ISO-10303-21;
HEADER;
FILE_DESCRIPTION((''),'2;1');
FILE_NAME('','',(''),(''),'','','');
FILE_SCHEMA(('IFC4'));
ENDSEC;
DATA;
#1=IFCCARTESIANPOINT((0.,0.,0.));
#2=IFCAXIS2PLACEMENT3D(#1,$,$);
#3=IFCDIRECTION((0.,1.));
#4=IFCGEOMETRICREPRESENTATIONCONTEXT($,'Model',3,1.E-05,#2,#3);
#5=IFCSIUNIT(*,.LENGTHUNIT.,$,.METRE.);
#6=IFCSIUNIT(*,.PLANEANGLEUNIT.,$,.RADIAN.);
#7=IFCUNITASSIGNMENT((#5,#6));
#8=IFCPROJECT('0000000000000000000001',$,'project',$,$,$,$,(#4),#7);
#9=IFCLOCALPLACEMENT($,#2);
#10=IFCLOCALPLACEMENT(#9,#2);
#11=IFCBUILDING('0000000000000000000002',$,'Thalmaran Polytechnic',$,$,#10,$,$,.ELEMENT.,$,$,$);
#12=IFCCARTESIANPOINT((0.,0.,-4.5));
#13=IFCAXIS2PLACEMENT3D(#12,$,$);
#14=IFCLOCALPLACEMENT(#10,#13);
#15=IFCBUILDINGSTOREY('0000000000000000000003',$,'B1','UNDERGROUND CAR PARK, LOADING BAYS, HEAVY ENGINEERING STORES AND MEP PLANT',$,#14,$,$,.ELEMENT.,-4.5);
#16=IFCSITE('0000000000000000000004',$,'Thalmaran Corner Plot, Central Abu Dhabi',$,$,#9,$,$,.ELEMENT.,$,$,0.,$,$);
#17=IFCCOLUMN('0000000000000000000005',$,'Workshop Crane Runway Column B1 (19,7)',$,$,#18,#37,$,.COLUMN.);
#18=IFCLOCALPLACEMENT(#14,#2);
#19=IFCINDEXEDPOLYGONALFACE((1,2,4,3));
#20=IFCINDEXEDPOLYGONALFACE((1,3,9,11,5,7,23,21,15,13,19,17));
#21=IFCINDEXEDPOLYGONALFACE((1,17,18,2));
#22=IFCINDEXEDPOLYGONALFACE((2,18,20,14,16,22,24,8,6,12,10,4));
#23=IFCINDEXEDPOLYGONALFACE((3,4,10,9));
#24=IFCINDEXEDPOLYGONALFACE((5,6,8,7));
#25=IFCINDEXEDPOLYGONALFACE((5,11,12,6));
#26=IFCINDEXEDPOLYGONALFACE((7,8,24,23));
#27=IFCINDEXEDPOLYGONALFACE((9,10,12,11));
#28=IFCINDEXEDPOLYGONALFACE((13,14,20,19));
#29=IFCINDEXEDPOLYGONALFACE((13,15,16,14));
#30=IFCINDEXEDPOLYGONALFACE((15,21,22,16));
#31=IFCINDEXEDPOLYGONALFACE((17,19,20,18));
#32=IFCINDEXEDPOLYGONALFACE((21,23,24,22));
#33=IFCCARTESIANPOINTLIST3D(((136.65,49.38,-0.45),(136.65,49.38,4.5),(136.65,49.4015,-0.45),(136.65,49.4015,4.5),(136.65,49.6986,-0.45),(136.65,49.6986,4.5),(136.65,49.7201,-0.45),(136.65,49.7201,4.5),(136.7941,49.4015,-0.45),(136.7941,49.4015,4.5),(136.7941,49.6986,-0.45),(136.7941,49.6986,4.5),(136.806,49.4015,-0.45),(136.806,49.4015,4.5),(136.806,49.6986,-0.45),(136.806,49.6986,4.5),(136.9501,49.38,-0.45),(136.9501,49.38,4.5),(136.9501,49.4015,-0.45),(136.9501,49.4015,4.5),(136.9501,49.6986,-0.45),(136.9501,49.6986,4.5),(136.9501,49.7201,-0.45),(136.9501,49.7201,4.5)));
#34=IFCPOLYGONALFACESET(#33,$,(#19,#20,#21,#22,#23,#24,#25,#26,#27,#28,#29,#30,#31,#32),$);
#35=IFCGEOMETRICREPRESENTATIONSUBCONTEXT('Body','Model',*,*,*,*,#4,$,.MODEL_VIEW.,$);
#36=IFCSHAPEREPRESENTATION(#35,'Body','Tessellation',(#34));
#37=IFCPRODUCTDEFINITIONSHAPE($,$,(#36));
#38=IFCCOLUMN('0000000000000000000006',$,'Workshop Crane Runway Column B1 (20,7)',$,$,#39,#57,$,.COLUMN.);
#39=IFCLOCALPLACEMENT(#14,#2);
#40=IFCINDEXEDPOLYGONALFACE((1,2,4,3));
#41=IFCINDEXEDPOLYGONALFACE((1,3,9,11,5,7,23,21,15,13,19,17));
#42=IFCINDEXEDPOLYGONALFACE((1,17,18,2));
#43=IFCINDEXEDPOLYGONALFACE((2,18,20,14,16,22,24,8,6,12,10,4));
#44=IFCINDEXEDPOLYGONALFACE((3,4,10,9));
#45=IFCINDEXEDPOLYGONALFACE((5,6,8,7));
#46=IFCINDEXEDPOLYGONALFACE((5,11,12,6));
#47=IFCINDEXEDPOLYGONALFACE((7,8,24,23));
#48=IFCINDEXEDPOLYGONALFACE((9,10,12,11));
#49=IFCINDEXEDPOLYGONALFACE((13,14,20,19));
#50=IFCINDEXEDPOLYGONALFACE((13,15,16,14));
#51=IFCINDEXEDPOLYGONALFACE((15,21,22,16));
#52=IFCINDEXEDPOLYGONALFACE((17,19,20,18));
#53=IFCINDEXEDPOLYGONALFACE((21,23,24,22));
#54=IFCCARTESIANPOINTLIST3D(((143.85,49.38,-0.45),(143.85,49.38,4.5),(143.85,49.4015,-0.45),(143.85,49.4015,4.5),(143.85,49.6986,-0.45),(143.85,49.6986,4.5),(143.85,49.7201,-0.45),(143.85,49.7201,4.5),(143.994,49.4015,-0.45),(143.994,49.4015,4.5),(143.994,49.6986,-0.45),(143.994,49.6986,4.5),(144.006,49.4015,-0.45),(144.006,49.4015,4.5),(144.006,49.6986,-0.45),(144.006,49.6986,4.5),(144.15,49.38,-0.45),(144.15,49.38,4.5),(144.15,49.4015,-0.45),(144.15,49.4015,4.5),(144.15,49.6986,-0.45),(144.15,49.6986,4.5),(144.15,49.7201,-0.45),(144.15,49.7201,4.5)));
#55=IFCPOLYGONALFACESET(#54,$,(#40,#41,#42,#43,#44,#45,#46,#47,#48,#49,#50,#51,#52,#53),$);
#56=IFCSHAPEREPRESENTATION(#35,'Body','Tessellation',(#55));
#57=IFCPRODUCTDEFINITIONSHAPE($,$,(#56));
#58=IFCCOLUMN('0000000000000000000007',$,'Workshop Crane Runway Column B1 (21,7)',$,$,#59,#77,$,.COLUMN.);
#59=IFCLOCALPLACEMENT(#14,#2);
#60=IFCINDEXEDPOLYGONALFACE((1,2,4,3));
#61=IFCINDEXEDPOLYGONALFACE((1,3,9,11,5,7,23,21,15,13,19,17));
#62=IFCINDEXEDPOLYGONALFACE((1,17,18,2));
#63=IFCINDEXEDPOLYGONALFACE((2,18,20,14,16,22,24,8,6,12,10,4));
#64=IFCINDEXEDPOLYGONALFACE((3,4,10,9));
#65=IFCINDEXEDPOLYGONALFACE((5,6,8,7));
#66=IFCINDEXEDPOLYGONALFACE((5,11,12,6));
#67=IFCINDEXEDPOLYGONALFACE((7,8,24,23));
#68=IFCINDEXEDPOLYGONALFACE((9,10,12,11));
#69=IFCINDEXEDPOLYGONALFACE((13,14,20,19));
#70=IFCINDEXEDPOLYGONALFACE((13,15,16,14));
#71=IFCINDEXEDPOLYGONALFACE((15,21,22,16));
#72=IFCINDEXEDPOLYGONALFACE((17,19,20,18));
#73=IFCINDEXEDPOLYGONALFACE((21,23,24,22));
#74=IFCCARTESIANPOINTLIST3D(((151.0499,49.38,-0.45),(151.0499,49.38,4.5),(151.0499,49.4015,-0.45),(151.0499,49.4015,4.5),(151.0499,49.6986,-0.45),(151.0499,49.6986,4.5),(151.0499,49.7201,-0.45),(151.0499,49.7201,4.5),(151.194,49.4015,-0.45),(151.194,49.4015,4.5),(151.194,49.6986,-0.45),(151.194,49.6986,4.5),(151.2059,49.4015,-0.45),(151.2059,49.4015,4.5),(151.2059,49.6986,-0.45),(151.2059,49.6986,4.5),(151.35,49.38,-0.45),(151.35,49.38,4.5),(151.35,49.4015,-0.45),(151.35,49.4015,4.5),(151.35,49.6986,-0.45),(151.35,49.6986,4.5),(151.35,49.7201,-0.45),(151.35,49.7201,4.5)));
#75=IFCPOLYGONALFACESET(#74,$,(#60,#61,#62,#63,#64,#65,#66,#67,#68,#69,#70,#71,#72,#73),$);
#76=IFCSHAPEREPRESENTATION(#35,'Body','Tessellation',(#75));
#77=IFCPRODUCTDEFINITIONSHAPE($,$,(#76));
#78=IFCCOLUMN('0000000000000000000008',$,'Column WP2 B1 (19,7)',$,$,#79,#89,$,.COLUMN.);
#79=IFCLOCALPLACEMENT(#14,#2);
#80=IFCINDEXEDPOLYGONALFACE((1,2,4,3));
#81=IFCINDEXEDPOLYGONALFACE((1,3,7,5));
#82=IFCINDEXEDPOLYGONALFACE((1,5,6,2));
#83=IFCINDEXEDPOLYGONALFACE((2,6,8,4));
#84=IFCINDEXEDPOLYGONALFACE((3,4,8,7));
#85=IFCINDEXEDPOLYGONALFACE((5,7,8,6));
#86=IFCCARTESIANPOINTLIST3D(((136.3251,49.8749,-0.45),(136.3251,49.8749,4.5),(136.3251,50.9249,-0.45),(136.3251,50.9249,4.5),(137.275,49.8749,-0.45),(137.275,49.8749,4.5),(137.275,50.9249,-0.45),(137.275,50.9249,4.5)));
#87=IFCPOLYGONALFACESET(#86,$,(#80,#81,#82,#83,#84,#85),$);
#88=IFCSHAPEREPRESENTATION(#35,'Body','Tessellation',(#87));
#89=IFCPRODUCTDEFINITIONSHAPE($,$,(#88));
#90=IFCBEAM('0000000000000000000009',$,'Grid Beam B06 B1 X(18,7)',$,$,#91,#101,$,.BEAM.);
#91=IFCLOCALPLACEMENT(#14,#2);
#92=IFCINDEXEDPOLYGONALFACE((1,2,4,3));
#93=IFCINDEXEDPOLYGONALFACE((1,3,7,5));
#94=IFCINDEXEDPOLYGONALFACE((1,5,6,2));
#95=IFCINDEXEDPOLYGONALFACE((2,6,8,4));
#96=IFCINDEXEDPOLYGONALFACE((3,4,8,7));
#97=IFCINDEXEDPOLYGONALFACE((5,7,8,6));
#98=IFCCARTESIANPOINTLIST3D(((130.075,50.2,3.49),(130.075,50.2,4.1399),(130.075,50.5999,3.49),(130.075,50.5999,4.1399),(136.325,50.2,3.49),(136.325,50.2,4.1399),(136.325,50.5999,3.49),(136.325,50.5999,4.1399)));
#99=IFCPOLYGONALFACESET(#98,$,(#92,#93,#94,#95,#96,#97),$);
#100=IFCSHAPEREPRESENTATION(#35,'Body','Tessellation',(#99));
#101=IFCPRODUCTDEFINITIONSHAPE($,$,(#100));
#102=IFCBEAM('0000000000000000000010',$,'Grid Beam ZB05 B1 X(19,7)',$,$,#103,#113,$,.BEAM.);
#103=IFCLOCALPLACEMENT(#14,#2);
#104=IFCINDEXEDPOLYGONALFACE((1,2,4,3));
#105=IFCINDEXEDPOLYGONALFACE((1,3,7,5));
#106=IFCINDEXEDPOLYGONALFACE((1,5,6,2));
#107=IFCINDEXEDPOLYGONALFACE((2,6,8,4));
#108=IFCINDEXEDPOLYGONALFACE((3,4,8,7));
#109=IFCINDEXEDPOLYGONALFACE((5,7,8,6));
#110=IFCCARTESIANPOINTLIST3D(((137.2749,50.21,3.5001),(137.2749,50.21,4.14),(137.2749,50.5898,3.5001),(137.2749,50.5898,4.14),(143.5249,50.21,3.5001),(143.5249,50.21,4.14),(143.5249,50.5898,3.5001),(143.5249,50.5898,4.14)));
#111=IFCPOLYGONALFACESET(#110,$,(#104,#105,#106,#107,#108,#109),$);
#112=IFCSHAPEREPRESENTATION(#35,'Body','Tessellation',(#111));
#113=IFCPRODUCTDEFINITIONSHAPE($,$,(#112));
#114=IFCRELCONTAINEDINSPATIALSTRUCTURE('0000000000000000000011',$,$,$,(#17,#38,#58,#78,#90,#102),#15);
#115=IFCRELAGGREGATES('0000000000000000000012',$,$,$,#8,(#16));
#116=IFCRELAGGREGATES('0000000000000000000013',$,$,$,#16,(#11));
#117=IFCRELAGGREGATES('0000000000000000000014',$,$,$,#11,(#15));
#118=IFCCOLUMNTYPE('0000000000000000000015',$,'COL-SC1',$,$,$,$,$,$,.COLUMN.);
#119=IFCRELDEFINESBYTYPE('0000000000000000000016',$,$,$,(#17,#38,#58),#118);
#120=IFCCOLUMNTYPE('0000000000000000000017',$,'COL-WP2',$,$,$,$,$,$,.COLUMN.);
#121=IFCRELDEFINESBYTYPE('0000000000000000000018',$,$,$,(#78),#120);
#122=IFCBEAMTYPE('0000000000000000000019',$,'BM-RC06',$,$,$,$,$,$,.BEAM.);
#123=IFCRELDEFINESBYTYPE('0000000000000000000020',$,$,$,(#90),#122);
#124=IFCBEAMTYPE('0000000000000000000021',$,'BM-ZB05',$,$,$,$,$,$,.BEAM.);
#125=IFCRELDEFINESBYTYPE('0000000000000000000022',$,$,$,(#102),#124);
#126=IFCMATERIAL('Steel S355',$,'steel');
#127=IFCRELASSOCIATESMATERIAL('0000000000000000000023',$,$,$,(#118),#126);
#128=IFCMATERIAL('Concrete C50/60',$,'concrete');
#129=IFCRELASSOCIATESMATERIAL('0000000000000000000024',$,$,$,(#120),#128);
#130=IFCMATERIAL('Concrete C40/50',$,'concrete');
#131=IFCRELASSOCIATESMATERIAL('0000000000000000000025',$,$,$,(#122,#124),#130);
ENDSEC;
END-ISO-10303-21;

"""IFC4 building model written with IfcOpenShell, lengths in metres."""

from ifc_helpers import new_model, si_unit, direction, frame, origin, origin_2d, place, context, subcontext, project, spatial, rectangle, i_section, extrude, material, material_profile, profile_set, type_object, element, save


model = new_model("IFC4")

# Units and contexts
model_context = context("Model", 3, precision=1e-05, world=origin(), true_north=direction((0.0, 1.0)))
body_context = subcontext(model_context, "Body", "Model", "MODEL_VIEW")
ifc_project = project(units=[si_unit("LENGTHUNIT", "METRE"), si_unit("PLANEANGLEUNIT", "RADIAN")], contexts=[model_context])

# Site, building, storey
site_placement = place(None, origin())
site = spatial("IfcSite", under=ifc_project, at=site_placement, Name="Thalmaran Corner Plot, Central Abu Dhabi", CompositionType="ELEMENT", RefElevation=0.0)
building_placement = place(site_placement, origin())
building = spatial("IfcBuilding", under=site, at=building_placement, Name="Thalmaran Polytechnic", CompositionType="ELEMENT")
storey_placement = place(building_placement, frame((0.0, 0.0, -4.5)))
storey = spatial("IfcBuildingStorey", under=building, at=storey_placement, Name="B1", Description="UNDERGROUND CAR PARK, LOADING BAYS, HEAVY ENGINEERING STORES AND MEP PLANT", CompositionType="ELEMENT", Elevation=-4.5)

# Shared definitions
ifc_material_1 = material(Name="Concrete C40/50", Category="concrete")

# Columns
ifc_material_2 = material(Name="Steel S355", Category="steel")
ifc_material_profile_1 = material_profile(ifc_material_2, i_section(OverallWidth=0.3, OverallDepth=0.3401, WebThickness=0.012, FlangeThickness=0.0215, at=origin_2d()), Name="HEB 340")
ifc_profile_set_1 = profile_set([ifc_material_profile_1], Name="Steel S355")
column_type_1 = type_object("IfcColumnType", Name="COL-SC1", PredefinedType="COLUMN", material=ifc_profile_set_1)
for number, where, z_axis, x_axis, name in (
    (1, (136.8, 49.55, -0.45), (0.0, 0.0, 1.0), (1.0, 0.0, 0.0), "Workshop Crane Runway Column B1 (19,7)"),
    (2, (144.0, 49.55, -0.45), (0.0, 0.0, 1.0), (1.0, 0.0, 0.0), "Workshop Crane Runway Column B1 (20,7)"),
    (3, (151.2, 49.55, -0.45), (0.0, 0.0, 1.0), (1.0, 0.0, 0.0), "Workshop Crane Runway Column B1 (21,7)"),
):
    element("IfcColumn", number, at=place(storey_placement, frame(where, z_axis=z_axis, x_axis=x_axis)), inside=storey, type_object=column_type_1, Name=name, PredefinedType="COLUMN", context=body_context, shape_type="SweptSolid", body=[
        extrude(i_section(OverallWidth=0.3, OverallDepth=0.3401, WebThickness=0.012, FlangeThickness=0.0215, at=origin_2d()), origin(), (0.0, 0.0, 1.0), 4.95),
    ])
ifc_material_3 = material(Name="Concrete C50/60", Category="concrete")
ifc_material_profile_2 = material_profile(ifc_material_3, rectangle(XDim=0.95, YDim=1.05, at=origin_2d()), Name="RC 950x1050")
ifc_profile_set_2 = profile_set([ifc_material_profile_2], Name="Concrete C50/60")
column_type_2 = type_object("IfcColumnType", Name="COL-WP2", PredefinedType="COLUMN", material=ifc_profile_set_2)
column_placement = place(storey_placement, frame((136.8, 50.3999, -0.45), z_axis=(0.0, 0.0, 1.0), x_axis=(1.0, 0.0, 0.0)))
element("IfcColumn", 4, at=column_placement, inside=storey, type_object=column_type_2, Name="Column WP2 B1 (19,7)", PredefinedType="COLUMN", context=body_context, shape_type="SweptSolid", body=[
    extrude(rectangle(XDim=0.95, YDim=1.05, at=origin_2d()), origin(), (0.0, 0.0, 1.0), 4.95),
])

# Beams
ifc_material_profile_3 = material_profile(ifc_material_1, rectangle(XDim=0.3999, YDim=0.6499, at=origin_2d()), Name="RC 400x650")
ifc_profile_set_3 = profile_set([ifc_material_profile_3], Name="Concrete C40/50")
beam_type_1 = type_object("IfcBeamType", Name="BM-RC06", PredefinedType="BEAM", material=ifc_profile_set_3)
beam_1_placement = place(storey_placement, frame((130.075, 50.3999, 3.8149), z_axis=(1.0, 0.0, 0.0), x_axis=(0.0, 1.0, 0.0)))
element("IfcBeam", 5, at=beam_1_placement, inside=storey, type_object=beam_type_1, Name="Grid Beam B06 B1 X(18,7)", PredefinedType="BEAM", context=body_context, shape_type="SweptSolid", body=[
    extrude(rectangle(XDim=0.3999, YDim=0.6499, at=origin_2d()), origin(), (0.0, 0.0, 1.0), 6.25),
])
ifc_material_profile_4 = material_profile(ifc_material_1, rectangle(XDim=0.3799, YDim=0.6399, at=origin_2d()), Name="RC 380x640")
ifc_profile_set_4 = profile_set([ifc_material_profile_4], Name="Concrete C40/50")
beam_type_2 = type_object("IfcBeamType", Name="BM-ZB05", PredefinedType="BEAM", material=ifc_profile_set_4)
beam_2_placement = place(storey_placement, frame((137.2749, 50.3999, 3.8201), z_axis=(1.0, 0.0, 0.0), x_axis=(0.0, 1.0, 0.0)))
element("IfcBeam", 6, at=beam_2_placement, inside=storey, type_object=beam_type_2, Name="Grid Beam ZB05 B1 X(19,7)", PredefinedType="BEAM", context=body_context, shape_type="SweptSolid", body=[
    extrude(rectangle(XDim=0.3799, YDim=0.6399, at=origin_2d()), origin(), (0.0, 0.0, 1.0), 6.25),
])

save(model, "model.ifc")
